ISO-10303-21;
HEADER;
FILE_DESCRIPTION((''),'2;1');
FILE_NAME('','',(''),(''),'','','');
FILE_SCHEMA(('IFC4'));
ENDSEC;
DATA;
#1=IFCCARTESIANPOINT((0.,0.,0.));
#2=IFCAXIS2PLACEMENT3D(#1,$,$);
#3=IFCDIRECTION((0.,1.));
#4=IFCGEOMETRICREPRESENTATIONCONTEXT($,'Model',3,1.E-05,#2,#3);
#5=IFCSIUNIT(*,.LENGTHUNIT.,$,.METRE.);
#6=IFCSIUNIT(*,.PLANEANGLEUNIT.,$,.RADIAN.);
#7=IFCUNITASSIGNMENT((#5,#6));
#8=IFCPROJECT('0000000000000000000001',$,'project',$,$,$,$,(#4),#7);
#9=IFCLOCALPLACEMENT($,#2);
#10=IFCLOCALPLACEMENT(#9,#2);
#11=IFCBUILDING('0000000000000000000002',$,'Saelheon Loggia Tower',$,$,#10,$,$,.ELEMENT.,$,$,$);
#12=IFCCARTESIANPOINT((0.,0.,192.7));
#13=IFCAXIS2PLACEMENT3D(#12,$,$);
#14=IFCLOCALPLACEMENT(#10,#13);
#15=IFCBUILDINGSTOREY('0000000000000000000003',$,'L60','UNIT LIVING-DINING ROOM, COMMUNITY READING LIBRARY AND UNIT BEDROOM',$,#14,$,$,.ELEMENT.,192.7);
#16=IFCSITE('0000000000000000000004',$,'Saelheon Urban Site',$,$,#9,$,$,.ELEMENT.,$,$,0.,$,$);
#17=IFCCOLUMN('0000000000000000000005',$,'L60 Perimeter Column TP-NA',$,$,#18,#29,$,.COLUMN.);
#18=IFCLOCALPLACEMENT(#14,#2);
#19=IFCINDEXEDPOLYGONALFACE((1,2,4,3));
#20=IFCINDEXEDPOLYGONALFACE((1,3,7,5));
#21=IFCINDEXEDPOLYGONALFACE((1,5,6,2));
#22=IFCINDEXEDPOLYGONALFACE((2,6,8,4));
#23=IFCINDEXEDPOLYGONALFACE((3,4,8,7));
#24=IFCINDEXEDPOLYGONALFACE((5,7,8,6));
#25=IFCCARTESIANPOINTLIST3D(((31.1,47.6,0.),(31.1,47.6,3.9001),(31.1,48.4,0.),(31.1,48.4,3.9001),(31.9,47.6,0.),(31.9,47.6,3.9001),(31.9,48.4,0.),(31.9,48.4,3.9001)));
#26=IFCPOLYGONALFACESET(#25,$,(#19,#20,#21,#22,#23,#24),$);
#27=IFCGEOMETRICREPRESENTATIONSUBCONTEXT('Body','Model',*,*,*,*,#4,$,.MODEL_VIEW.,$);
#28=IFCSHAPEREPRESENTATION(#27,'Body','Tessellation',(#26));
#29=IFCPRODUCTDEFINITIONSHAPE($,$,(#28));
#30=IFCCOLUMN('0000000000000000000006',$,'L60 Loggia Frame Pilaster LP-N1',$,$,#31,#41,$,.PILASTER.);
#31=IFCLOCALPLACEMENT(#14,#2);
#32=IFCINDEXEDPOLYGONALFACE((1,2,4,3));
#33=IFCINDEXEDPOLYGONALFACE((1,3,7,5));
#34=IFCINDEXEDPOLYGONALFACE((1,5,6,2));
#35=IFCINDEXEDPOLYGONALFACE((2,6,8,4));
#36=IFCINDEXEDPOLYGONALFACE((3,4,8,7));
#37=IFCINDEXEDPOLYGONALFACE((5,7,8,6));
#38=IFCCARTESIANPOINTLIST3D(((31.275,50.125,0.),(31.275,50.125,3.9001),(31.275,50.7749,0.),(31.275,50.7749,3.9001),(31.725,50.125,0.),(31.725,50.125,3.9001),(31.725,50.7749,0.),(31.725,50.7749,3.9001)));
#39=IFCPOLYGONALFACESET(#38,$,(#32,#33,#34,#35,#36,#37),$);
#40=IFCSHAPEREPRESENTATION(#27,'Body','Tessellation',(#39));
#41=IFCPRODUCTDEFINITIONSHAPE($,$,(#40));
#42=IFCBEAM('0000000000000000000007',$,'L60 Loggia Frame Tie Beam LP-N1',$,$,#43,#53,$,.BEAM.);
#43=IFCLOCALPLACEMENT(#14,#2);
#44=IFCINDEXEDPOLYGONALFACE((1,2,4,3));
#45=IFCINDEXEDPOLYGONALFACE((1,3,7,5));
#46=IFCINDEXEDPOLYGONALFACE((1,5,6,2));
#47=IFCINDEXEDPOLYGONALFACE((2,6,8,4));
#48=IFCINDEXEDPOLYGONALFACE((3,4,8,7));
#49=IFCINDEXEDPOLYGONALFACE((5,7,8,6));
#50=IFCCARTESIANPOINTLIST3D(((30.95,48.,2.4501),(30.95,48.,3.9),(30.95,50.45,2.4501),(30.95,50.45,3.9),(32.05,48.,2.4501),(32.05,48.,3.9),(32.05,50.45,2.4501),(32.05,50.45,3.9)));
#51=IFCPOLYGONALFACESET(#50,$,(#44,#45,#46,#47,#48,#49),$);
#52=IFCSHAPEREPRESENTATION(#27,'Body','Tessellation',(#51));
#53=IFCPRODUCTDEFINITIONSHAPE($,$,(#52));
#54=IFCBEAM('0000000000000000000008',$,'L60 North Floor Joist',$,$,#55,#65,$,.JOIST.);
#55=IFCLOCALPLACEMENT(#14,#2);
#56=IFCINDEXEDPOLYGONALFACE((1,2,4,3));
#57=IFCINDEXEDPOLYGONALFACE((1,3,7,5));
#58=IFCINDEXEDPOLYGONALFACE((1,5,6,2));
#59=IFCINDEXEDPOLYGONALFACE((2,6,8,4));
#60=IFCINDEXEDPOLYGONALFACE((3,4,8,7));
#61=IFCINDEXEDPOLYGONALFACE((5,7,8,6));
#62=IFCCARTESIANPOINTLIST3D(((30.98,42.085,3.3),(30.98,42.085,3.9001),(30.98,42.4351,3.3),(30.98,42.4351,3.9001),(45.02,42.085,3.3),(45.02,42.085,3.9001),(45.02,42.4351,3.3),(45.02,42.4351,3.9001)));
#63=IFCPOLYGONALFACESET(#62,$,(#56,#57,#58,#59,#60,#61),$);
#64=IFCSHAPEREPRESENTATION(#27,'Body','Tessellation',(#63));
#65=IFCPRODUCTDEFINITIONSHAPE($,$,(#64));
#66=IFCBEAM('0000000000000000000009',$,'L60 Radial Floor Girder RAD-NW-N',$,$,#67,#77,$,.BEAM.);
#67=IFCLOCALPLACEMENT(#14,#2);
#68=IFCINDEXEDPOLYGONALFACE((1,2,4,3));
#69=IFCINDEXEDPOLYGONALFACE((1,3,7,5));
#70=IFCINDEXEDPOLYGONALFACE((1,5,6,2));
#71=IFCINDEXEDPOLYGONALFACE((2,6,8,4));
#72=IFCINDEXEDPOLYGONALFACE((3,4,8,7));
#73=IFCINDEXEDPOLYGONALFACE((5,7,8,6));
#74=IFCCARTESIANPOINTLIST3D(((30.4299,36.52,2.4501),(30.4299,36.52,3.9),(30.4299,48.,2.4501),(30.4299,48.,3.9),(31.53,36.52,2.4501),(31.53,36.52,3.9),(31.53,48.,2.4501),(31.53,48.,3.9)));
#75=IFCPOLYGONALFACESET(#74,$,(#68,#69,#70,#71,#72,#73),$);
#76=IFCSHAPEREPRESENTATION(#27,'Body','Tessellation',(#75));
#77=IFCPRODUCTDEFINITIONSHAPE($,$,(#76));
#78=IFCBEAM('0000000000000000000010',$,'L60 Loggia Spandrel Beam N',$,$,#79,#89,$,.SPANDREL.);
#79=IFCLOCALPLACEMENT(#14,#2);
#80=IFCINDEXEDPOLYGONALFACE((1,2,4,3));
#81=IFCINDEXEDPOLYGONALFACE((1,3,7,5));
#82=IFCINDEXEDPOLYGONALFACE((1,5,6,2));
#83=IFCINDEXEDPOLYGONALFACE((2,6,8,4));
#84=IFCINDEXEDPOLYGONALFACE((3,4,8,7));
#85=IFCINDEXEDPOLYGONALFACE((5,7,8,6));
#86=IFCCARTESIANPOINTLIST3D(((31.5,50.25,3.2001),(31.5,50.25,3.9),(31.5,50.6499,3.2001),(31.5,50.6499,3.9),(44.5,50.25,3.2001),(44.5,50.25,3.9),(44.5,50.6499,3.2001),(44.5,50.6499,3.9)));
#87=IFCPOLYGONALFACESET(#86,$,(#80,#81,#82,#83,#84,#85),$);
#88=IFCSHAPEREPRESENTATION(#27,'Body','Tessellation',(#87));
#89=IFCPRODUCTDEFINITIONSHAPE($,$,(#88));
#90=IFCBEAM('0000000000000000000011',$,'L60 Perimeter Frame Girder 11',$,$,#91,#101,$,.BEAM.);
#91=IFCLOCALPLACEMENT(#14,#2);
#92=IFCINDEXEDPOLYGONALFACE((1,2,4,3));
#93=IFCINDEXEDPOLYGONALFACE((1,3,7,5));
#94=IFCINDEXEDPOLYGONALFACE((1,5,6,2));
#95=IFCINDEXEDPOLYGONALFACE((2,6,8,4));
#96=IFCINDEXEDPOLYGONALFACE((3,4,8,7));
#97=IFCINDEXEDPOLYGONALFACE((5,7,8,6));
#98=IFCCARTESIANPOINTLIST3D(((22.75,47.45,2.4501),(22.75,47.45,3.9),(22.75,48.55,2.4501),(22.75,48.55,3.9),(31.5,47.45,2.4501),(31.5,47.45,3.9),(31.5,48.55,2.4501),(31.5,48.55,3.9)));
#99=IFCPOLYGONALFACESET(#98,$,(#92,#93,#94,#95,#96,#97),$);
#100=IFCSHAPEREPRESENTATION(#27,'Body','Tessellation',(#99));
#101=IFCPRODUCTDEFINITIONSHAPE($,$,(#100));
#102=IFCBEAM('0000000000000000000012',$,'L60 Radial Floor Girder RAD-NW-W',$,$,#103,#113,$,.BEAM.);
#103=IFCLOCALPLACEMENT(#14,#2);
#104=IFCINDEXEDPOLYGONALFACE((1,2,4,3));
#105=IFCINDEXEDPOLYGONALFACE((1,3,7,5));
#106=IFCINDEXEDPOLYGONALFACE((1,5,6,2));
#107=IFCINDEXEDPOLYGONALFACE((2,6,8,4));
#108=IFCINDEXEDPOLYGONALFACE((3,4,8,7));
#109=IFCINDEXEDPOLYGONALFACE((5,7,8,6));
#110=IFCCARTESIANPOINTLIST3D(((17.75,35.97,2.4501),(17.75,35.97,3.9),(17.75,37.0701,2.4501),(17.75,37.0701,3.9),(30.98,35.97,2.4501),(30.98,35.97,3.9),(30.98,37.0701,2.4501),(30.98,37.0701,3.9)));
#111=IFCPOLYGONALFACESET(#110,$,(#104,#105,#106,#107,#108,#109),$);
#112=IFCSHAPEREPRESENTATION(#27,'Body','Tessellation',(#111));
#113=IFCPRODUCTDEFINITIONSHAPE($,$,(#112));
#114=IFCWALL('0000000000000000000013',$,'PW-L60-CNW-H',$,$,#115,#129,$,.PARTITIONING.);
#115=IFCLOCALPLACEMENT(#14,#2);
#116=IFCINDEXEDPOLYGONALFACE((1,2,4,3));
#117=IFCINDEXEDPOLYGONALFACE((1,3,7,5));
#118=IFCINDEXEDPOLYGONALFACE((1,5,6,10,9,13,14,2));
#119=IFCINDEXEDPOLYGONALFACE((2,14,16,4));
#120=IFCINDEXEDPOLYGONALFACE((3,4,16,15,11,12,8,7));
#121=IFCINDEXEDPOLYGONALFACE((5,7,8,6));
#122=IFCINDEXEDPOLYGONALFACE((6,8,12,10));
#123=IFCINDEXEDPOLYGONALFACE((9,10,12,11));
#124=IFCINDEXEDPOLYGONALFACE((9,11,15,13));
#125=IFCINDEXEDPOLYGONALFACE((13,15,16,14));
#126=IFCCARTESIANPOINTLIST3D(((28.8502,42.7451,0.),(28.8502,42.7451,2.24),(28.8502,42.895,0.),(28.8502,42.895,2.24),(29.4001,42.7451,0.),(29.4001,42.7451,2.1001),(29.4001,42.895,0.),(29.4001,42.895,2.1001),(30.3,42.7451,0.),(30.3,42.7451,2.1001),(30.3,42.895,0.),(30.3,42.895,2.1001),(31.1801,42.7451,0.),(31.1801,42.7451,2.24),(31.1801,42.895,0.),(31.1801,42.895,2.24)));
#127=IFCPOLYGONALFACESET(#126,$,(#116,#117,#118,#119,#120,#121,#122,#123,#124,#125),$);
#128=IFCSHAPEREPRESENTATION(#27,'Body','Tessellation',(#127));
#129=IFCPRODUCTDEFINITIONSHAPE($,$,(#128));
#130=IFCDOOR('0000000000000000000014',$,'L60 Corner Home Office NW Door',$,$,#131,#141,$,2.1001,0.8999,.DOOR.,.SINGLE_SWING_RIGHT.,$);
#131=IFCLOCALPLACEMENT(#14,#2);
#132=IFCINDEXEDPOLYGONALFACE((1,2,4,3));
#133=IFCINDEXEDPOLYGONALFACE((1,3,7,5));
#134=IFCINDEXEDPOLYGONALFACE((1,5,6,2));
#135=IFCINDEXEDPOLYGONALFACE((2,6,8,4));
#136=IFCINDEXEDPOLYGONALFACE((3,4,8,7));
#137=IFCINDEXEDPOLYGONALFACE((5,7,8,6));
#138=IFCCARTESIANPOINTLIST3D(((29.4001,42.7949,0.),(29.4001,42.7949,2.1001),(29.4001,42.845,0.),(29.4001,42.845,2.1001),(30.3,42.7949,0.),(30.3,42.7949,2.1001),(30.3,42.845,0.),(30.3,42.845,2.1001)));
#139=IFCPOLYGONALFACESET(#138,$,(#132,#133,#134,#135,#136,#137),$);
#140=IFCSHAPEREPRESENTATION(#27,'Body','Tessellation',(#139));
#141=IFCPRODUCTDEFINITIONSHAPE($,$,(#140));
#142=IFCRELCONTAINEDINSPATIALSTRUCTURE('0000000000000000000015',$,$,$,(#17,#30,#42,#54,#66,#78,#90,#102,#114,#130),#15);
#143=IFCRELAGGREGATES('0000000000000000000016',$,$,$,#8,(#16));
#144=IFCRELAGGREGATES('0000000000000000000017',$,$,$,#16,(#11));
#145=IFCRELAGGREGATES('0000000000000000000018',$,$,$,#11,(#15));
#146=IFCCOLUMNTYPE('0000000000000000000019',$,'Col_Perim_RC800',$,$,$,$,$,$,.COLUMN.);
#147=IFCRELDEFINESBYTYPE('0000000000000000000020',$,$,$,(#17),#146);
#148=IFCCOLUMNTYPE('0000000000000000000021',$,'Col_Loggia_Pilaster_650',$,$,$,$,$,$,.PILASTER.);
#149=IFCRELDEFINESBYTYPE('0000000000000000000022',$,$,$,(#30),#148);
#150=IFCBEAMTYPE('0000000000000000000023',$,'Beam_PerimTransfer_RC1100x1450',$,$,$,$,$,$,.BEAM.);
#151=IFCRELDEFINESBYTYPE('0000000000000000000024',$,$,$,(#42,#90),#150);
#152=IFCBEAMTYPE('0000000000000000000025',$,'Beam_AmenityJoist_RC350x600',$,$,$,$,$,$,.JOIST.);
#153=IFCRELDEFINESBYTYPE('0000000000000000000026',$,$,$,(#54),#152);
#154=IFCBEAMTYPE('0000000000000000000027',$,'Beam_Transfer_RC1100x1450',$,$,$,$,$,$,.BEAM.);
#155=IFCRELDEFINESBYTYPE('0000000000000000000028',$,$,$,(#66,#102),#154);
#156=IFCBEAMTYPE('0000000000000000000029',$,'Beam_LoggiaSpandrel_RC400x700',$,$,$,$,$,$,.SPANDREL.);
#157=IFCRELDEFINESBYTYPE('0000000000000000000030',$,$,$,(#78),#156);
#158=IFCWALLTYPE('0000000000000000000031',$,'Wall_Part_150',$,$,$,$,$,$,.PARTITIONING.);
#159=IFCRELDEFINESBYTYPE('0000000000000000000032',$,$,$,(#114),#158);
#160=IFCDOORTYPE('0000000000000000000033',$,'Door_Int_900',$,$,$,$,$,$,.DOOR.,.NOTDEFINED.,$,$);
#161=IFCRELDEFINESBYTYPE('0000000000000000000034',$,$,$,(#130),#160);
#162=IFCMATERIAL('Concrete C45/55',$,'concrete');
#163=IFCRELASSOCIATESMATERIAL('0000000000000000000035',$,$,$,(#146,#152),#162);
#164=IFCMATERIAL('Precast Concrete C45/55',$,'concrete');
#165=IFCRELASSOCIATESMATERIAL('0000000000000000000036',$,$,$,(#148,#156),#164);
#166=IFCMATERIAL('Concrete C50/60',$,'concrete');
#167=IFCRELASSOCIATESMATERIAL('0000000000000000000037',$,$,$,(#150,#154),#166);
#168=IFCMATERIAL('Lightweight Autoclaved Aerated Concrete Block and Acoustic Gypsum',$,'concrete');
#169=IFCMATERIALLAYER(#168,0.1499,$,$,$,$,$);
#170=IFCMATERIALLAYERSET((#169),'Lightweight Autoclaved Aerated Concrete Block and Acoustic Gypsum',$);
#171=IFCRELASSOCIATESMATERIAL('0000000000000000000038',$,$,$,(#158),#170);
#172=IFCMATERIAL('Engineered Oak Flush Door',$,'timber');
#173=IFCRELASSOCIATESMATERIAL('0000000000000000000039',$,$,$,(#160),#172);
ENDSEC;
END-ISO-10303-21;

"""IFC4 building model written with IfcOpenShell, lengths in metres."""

from ifc_helpers import new_model, si_unit, direction, frame, frame_2d, origin, origin_2d, place, context, subcontext, project, spatial, rectangle, extrude, source, transform, mapped, material, layer, layer_set, material_profile, profile_set, type_object, element, fill, save


model = new_model("IFC4")

# Units and contexts
model_context = context("Model", 3, precision=1e-05, world=origin(), true_north=direction((0.0, 1.0)))
body_context = subcontext(model_context, "Body", "Model", "MODEL_VIEW")
ifc_project = project(units=[si_unit("LENGTHUNIT", "METRE"), si_unit("PLANEANGLEUNIT", "RADIAN")], contexts=[model_context])

# Site, building, storey
site_placement = place(None, origin())
site = spatial("IfcSite", under=ifc_project, at=site_placement, Name="Saelheon Urban Site", CompositionType="ELEMENT", RefElevation=0.0)
building_placement = place(site_placement, origin())
building = spatial("IfcBuilding", under=site, at=building_placement, Name="Saelheon Loggia Tower", CompositionType="ELEMENT")
storey_placement = place(building_placement, frame((0.0, 0.0, 192.7)))
storey = spatial("IfcBuildingStorey", under=building, at=storey_placement, Name="L60", Description="UNIT LIVING-DINING ROOM, COMMUNITY READING LIBRARY AND UNIT BEDROOM", CompositionType="ELEMENT", Elevation=192.7)

# Columns
ifc_material_1 = material(Name="Concrete C45/55", Category="concrete")
ifc_material_profile_1 = material_profile(ifc_material_1, rectangle(XDim=0.8, YDim=0.8, at=origin_2d()), Name="RC-800x800")
ifc_profile_set_1 = profile_set([ifc_material_profile_1], Name="Concrete C45/55")
column_type_1 = type_object("IfcColumnType", Name="Col_Perim_RC800", PredefinedType="COLUMN", material=ifc_profile_set_1)
shared_shape_1 = source(origin(), body_context, "Body", "SweptSolid", [
    extrude(rectangle(XDim=0.8, YDim=0.8, at=origin_2d()), origin(), (0.0, 0.0, 1.0), 3.9001),
])
column_1_placement = place(storey_placement, frame((31.5, 48.0, 0.0), z_axis=(0.0, 0.0, 1.0), x_axis=(1.0, 0.0, 0.0)))
element("IfcColumn", 1, at=column_1_placement, inside=storey, type_object=column_type_1, Name="L60 Perimeter Column TP-NA", PredefinedType="COLUMN", context=body_context, shape_type="MappedRepresentation", body=[
    mapped(shared_shape_1, transform((0.0, 0.0, 0.0), scale=1.0)),
])
ifc_material_2 = material(Name="Precast Concrete C45/55", Category="concrete")
ifc_material_profile_2 = material_profile(ifc_material_2, rectangle(XDim=0.45, YDim=0.6499, at=origin_2d()), Name="RC-450x650")
ifc_profile_set_2 = profile_set([ifc_material_profile_2], Name="Precast Concrete C45/55")
column_type_2 = type_object("IfcColumnType", Name="Col_Loggia_Pilaster_650", PredefinedType="PILASTER", material=ifc_profile_set_2)
shared_shape_2 = source(origin(), body_context, "Body", "SweptSolid", [
    extrude(rectangle(XDim=0.45, YDim=0.6499, at=origin_2d()), origin(), (0.0, 0.0, 1.0), 3.9001),
])
column_2_placement = place(storey_placement, frame((31.5, 50.45, 0.0), z_axis=(0.0, 0.0, 1.0), x_axis=(1.0, 0.0, 0.0)))
element("IfcColumn", 2, at=column_2_placement, inside=storey, type_object=column_type_2, Name="L60 Loggia Frame Pilaster LP-N1", PredefinedType="PILASTER", context=body_context, shape_type="MappedRepresentation", body=[
    mapped(shared_shape_2, transform((0.0, 0.0, 0.0), scale=1.0)),
])

# Beams
ifc_material_3 = material(Name="Concrete C50/60", Category="concrete")
ifc_material_profile_3 = material_profile(ifc_material_3, rectangle(XDim=1.1001, YDim=1.45, at=origin_2d()), Name="RC-1100x1450")
ifc_profile_set_3 = profile_set([ifc_material_profile_3], Name="Concrete C50/60")
beam_type_1 = type_object("IfcBeamType", Name="Beam_PerimTransfer_RC1100x1450", PredefinedType="BEAM", material=ifc_profile_set_3)
shared_shape_3 = source(origin(), body_context, "Body", "SweptSolid", [
    extrude(rectangle(XDim=1.1001, YDim=1.45, at=origin_2d()), origin(), (0.0, 0.0, 1.0), 2.45),
])
beam_1_placement = place(storey_placement, frame((31.5, 48.0, 3.175), z_axis=(0.0, 1.0, 0.0), x_axis=(-1.0, 0.0, 0.0)))
element("IfcBeam", 3, at=beam_1_placement, inside=storey, type_object=beam_type_1, Name="L60 Loggia Frame Tie Beam LP-N1", PredefinedType="BEAM", context=body_context, shape_type="MappedRepresentation", body=[
    mapped(shared_shape_3, transform((0.0, 0.0, 0.0), scale=1.0)),
])
ifc_material_profile_4 = material_profile(ifc_material_1, rectangle(XDim=0.3501, YDim=0.6001, at=origin_2d()), Name="RC-350x600")
ifc_profile_set_4 = profile_set([ifc_material_profile_4], Name="Concrete C45/55")
beam_type_2 = type_object("IfcBeamType", Name="Beam_AmenityJoist_RC350x600", PredefinedType="JOIST", material=ifc_profile_set_4)
shared_shape_4 = source(origin(), body_context, "Body", "SweptSolid", [
    extrude(rectangle(XDim=0.3501, YDim=0.6001, at=origin_2d()), origin(), (0.0, 0.0, 1.0), 14.04),
])
beam_2_placement = place(storey_placement, frame((30.98, 42.26, 3.6001), z_axis=(1.0, 0.0, 0.0), x_axis=(0.0, 1.0, 0.0)))
element("IfcBeam", 4, at=beam_2_placement, inside=storey, type_object=beam_type_2, Name="L60 North Floor Joist", PredefinedType="JOIST", context=body_context, shape_type="MappedRepresentation", body=[
    mapped(shared_shape_4, transform((0.0, 0.0, 0.0), scale=1.0)),
])
ifc_material_profile_5 = material_profile(ifc_material_3, rectangle(XDim=1.1001, YDim=1.45, at=origin_2d()), Name="RC-1100x1450")
ifc_profile_set_5 = profile_set([ifc_material_profile_5], Name="Concrete C50/60")
beam_type_3 = type_object("IfcBeamType", Name="Beam_Transfer_RC1100x1450", PredefinedType="BEAM", material=ifc_profile_set_5)
shared_shape_5 = source(origin(), body_context, "Body", "SweptSolid", [
    extrude(rectangle(XDim=1.1001, YDim=1.45, at=origin_2d()), origin(), (0.0, 0.0, 1.0), 11.48),
])
beam_3_placement = place(storey_placement, frame((30.98, 36.52, 3.175), z_axis=(0.0, 1.0, 0.0), x_axis=(-1.0, 0.0, 0.0)))
element("IfcBeam", 5, at=beam_3_placement, inside=storey, type_object=beam_type_3, Name="L60 Radial Floor Girder RAD-NW-N", PredefinedType="BEAM", context=body_context, shape_type="MappedRepresentation", body=[
    mapped(shared_shape_5, transform((0.0, 0.0, 0.0), scale=1.0)),
])
ifc_material_profile_6 = material_profile(ifc_material_2, rectangle(XDim=0.3999, YDim=0.7, at=origin_2d()), Name="RC-400x700")
ifc_profile_set_6 = profile_set([ifc_material_profile_6], Name="Precast Concrete C45/55")
beam_type_4 = type_object("IfcBeamType", Name="Beam_LoggiaSpandrel_RC400x700", PredefinedType="SPANDREL", material=ifc_profile_set_6)
shared_shape_6 = source(origin(), body_context, "Body", "SweptSolid", [
    extrude(rectangle(XDim=0.3999, YDim=0.7, at=origin_2d()), origin(), (0.0, 0.0, 1.0), 13.0),
])
beam_4_placement = place(storey_placement, frame((31.5, 50.45, 3.55), z_axis=(1.0, 0.0, 0.0), x_axis=(0.0, 1.0, 0.0)))
element("IfcBeam", 6, at=beam_4_placement, inside=storey, type_object=beam_type_4, Name="L60 Loggia Spandrel Beam N", PredefinedType="SPANDREL", context=body_context, shape_type="MappedRepresentation", body=[
    mapped(shared_shape_6, transform((0.0, 0.0, 0.0), scale=1.0)),
])
shared_shape_7 = source(origin(), body_context, "Body", "SweptSolid", [
    extrude(rectangle(XDim=1.1001, YDim=1.45, at=origin_2d()), origin(), (0.0, 0.0, 1.0), 8.75),
])
beam_5_placement = place(storey_placement, frame((31.5, 48.0, 3.175), z_axis=(-1.0, 0.0, 0.0), x_axis=(0.0, -1.0, 0.0)))
element("IfcBeam", 7, at=beam_5_placement, inside=storey, type_object=beam_type_1, Name="L60 Perimeter Frame Girder 11", PredefinedType="BEAM", context=body_context, shape_type="MappedRepresentation", body=[
    mapped(shared_shape_7, transform((0.0, 0.0, 0.0), scale=1.0)),
])
shared_shape_8 = source(origin(), body_context, "Body", "SweptSolid", [
    extrude(rectangle(XDim=1.1001, YDim=1.45, at=origin_2d()), origin(), (0.0, 0.0, 1.0), 13.23),
])
beam_6_placement = place(storey_placement, frame((30.98, 36.52, 3.175), z_axis=(-1.0, 0.0, 0.0), x_axis=(0.0, -1.0, 0.0)))
element("IfcBeam", 8, at=beam_6_placement, inside=storey, type_object=beam_type_3, Name="L60 Radial Floor Girder RAD-NW-W", PredefinedType="BEAM", context=body_context, shape_type="MappedRepresentation", body=[
    mapped(shared_shape_8, transform((0.0, 0.0, 0.0), scale=1.0)),
])

# Wall, opening, door
ifc_material_4 = material(Name="Lightweight Autoclaved Aerated Concrete Block and Acoustic Gypsum", Category="concrete")
ifc_layer_1 = layer(ifc_material_4, 0.1499)
ifc_layer_set_1 = layer_set([ifc_layer_1], Name="Lightweight Autoclaved Aerated Concrete Block and Acoustic Gypsum")
wall_type_1 = type_object("IfcWallType", Name="Wall_Part_150", PredefinedType="PARTITIONING", material=ifc_layer_set_1)
wall_1_placement = place(storey_placement, frame((28.8501, 42.8201, 0.0), z_axis=(0.0, 0.0, 1.0), x_axis=(1.0, 0.0, 0.0)))
wall_1 = element("IfcWall", 9, at=wall_1_placement, inside=storey, type_object=wall_type_1, Name="PW-L60-CNW-H", PredefinedType="PARTITIONING", context=body_context, shape_type="SweptSolid", body=[
    extrude(rectangle(XDim=2.3298, YDim=0.1499, at=frame_2d((1.165, 0.0))), origin(), (0.0, 0.0, 1.0), 2.24),
])
opening_1_placement = place(wall_1_placement, frame((0.55, 0.0, 0.0)))
opening_1 = element("IfcOpeningElement", 10, at=opening_1_placement, cuts=wall_1, PredefinedType="OPENING", context=body_context, shape_type="SweptSolid", body=[
    extrude(rectangle(XDim=0.8999, YDim=2.1001, at=frame_2d((0.45, 1.05))), frame((0.0, 0.0869, 0.0), z_axis=(0.0, -1.0, 0.0), x_axis=(1.0, 0.0, 0.0)), (0.0, 0.0, 1.0), 0.1738),
])
ifc_material_5 = material(Name="Engineered Oak Flush Door", Category="timber")
door_type_1 = type_object("IfcDoorType", Name="Door_Int_900", OperationType="NOTDEFINED", PredefinedType="DOOR", material=ifc_material_5)
shared_shape_9 = source(origin(), body_context, "Body", "SweptSolid", [
    extrude(rectangle(XDim=0.8999, YDim=2.1001, at=frame_2d((0.45, 1.05))), frame((0.0, 0.0249, 0.0), z_axis=(0.0, -1.0, 0.0), x_axis=(1.0, 0.0, 0.0)), (0.0, 0.0, 1.0), 0.05),
])
door_1_placement = place(opening_1_placement, origin())
door_1 = element("IfcDoor", 11, at=door_1_placement, inside=storey, type_object=door_type_1, Name="L60 Corner Home Office NW Door", OperationType="SINGLE_SWING_RIGHT", OverallHeight=2.1001, OverallWidth=0.8999, PredefinedType="DOOR", context=body_context, shape_type="MappedRepresentation", body=[
    mapped(shared_shape_9, transform((0.0, 0.0, 0.0), scale=1.0)),
])
fill(opening_1, door_1)

save(model, "model.ifc")
